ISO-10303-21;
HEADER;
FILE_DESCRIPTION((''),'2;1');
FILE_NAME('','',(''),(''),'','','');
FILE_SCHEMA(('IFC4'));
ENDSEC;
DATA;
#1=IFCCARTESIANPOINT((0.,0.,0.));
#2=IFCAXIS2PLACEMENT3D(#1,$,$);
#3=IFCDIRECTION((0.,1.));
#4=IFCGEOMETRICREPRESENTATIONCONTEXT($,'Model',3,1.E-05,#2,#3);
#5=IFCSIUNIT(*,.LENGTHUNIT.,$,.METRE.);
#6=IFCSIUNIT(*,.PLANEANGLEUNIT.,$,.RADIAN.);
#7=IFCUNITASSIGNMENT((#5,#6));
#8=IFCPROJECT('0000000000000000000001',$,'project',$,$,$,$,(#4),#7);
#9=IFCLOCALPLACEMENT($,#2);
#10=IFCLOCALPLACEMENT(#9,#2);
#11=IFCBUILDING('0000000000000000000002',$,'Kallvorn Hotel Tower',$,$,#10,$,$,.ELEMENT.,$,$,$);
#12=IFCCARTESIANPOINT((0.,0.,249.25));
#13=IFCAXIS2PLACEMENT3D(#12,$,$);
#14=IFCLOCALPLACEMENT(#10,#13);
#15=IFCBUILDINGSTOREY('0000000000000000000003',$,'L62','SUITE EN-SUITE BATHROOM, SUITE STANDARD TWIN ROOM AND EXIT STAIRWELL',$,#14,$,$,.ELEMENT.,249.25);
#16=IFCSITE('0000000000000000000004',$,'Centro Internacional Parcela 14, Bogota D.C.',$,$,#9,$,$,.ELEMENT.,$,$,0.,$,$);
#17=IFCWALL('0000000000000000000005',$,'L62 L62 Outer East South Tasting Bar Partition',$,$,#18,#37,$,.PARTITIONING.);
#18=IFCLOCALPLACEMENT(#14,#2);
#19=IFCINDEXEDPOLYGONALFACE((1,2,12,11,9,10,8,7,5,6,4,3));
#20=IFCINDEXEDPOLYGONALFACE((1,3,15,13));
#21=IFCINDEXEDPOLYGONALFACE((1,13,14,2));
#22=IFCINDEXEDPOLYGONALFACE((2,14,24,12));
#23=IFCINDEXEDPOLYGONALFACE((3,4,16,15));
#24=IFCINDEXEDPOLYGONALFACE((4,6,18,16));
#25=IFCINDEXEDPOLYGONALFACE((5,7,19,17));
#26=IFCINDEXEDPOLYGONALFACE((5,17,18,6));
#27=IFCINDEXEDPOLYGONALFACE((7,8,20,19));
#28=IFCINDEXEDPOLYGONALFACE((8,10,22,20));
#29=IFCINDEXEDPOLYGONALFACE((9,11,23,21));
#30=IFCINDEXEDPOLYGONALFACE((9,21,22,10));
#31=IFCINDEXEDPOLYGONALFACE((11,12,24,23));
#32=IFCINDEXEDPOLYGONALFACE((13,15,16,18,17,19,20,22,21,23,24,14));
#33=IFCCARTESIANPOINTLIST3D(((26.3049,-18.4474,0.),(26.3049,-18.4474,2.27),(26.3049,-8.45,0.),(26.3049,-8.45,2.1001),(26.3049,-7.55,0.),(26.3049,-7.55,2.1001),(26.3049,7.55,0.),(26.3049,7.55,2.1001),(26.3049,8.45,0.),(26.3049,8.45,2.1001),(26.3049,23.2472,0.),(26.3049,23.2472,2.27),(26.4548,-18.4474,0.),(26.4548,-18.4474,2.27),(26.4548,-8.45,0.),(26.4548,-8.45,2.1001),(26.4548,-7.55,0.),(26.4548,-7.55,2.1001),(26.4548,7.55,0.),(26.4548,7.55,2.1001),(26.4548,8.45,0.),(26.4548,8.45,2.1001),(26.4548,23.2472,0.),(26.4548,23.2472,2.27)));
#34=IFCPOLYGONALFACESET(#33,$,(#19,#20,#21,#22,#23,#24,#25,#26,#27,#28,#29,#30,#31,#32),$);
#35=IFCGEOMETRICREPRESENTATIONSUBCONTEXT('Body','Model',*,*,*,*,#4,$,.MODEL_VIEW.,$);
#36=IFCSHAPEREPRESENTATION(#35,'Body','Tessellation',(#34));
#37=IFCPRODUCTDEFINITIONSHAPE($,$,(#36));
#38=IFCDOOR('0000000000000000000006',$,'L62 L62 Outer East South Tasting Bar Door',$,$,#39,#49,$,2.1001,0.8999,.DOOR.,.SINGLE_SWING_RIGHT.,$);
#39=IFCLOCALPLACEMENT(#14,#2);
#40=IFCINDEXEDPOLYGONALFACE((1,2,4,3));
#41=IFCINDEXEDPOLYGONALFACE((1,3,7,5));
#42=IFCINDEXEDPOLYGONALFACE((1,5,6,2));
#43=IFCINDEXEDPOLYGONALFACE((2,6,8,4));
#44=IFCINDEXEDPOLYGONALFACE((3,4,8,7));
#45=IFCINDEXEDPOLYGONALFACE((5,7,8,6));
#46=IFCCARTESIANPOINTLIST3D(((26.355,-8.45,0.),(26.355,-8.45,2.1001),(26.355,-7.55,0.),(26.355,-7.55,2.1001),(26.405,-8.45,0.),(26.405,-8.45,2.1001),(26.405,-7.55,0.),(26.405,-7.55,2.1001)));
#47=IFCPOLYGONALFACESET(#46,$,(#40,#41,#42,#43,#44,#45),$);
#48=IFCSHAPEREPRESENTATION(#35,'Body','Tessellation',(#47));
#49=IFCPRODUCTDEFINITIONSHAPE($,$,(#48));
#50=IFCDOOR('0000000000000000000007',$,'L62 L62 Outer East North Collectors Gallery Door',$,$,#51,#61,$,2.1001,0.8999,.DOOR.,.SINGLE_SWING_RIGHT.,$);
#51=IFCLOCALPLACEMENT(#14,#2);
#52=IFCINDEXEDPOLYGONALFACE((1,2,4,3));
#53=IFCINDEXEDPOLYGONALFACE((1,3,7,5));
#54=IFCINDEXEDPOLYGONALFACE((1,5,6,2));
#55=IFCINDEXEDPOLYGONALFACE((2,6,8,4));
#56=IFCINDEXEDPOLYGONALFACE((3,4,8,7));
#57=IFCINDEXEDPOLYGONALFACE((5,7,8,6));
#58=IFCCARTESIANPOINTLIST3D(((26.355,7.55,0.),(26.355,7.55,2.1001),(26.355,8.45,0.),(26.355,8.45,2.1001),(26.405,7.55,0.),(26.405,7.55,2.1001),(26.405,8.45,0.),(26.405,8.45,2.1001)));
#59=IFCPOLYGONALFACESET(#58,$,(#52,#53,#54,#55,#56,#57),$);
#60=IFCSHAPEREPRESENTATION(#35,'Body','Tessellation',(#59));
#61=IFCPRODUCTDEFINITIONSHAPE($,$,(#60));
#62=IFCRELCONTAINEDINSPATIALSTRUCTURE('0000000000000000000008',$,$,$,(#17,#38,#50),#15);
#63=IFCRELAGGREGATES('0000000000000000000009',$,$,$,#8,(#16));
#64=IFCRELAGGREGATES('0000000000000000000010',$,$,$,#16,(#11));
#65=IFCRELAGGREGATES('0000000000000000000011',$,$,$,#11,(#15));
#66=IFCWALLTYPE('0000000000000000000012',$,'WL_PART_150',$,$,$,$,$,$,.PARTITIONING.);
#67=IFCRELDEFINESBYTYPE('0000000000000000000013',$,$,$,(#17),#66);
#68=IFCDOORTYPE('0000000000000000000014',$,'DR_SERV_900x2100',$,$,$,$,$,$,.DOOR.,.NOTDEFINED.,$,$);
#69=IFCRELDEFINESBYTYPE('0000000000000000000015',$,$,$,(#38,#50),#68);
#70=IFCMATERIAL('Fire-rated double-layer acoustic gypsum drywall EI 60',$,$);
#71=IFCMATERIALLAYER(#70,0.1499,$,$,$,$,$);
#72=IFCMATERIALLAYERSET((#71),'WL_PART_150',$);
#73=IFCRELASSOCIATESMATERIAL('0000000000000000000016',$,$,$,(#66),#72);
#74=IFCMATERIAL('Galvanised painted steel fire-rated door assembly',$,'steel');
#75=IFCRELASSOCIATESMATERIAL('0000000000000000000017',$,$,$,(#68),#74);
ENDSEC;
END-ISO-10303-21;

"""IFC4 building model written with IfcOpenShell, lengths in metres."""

from ifc_helpers import new_model, si_unit, direction, frame, frame_2d, origin, place, context, subcontext, project, spatial, rectangle, extrude, material, layer, layer_set, type_object, element, fill, save


model = new_model("IFC4")

# Units and contexts
model_context = context("Model", 3, precision=1e-05, world=origin(), true_north=direction((0.0, 1.0)))
body_context = subcontext(model_context, "Body", "Model", "MODEL_VIEW")
ifc_project = project(units=[si_unit("LENGTHUNIT", "METRE"), si_unit("PLANEANGLEUNIT", "RADIAN")], contexts=[model_context])

# Site, building, storey
site_placement = place(None, origin())
site = spatial("IfcSite", under=ifc_project, at=site_placement, Name="Centro Internacional Parcela 14, Bogota D.C.", CompositionType="ELEMENT", RefElevation=0.0)
building_placement = place(site_placement, origin())
building = spatial("IfcBuilding", under=site, at=building_placement, Name="Kallvorn Hotel Tower", CompositionType="ELEMENT")
storey_placement = place(building_placement, frame((0.0, 0.0, 249.25)))
storey = spatial("IfcBuildingStorey", under=building, at=storey_placement, Name="L62", Description="SUITE EN-SUITE BATHROOM, SUITE STANDARD TWIN ROOM AND EXIT STAIRWELL", CompositionType="ELEMENT", Elevation=249.25)

# Shared definitions
ifc_material_1 = material(Name="Fire-rated double-layer acoustic gypsum drywall EI 60")
ifc_layer_1 = layer(ifc_material_1, 0.1499)
ifc_layer_set_1 = layer_set([ifc_layer_1], Name="WL_PART_150")
wall_type_1 = type_object("IfcWallType", Name="WL_PART_150", PredefinedType="PARTITIONING", material=ifc_layer_set_1)

# Wall, openings, doors
wall_1_placement = place(storey_placement, frame((26.3799, -18.4473, 0.0), z_axis=(0.0, 0.0, 1.0), x_axis=(0.0, 1.0, 0.0)))
wall_1 = element("IfcWall", 1, at=wall_1_placement, inside=storey, type_object=wall_type_1, Name="L62 L62 Outer East South Tasting Bar Partition", PredefinedType="PARTITIONING", context=body_context, shape_type="SweptSolid", body=[
    extrude(rectangle(XDim=41.6946, YDim=0.1499, at=frame_2d((20.8472, 0.0))), origin(), (0.0, 0.0, 1.0), 2.27),
])
opening_1_placement = place(wall_1_placement, frame((9.9973, 0.0, 0.0)))
opening_1 = element("IfcOpeningElement", 2, at=opening_1_placement, cuts=wall_1, PredefinedType="OPENING", context=body_context, shape_type="SweptSolid", body=[
    extrude(rectangle(XDim=0.8999, YDim=2.1001, at=frame_2d((0.45, 1.05))), frame((0.0, 0.0898, 0.0), z_axis=(0.0, -1.0, 0.0), x_axis=(1.0, 0.0, 0.0)), (0.0, 0.0, 1.0), 0.1799),
])
opening_2_placement = place(wall_1_placement, frame((25.9973, 0.0, 0.0)))
opening_2 = element("IfcOpeningElement", 3, at=opening_2_placement, cuts=wall_1, PredefinedType="OPENING", context=body_context, shape_type="SweptSolid", body=[
    extrude(rectangle(XDim=0.8999, YDim=2.1001, at=frame_2d((0.45, 1.05))), frame((0.0, 0.0898, 0.0), z_axis=(0.0, -1.0, 0.0), x_axis=(1.0, 0.0, 0.0)), (0.0, 0.0, 1.0), 0.1799),
])
ifc_material_2 = material(Name="Galvanised painted steel fire-rated door assembly", Category="steel")
door_type_1 = type_object("IfcDoorType", Name="DR_SERV_900x2100", OperationType="NOTDEFINED", PredefinedType="DOOR", material=ifc_material_2)
door_1_placement = place(opening_1_placement, origin())
door_1 = element("IfcDoor", 4, at=door_1_placement, inside=storey, type_object=door_type_1, Name="L62 L62 Outer East South Tasting Bar Door", OperationType="SINGLE_SWING_RIGHT", OverallHeight=2.1001, OverallWidth=0.8999, PredefinedType="DOOR", context=body_context, shape_type="SweptSolid", body=[
    extrude(rectangle(XDim=0.8999, YDim=2.1001, at=frame_2d((0.45, 1.05))), frame((0.0, 0.0249, 0.0), z_axis=(0.0, -1.0, 0.0), x_axis=(1.0, 0.0, 0.0)), (0.0, 0.0, 1.0), 0.05),
])
fill(opening_1, door_1)
door_2_placement = place(opening_2_placement, origin())
door_2 = element("IfcDoor", 5, at=door_2_placement, inside=storey, type_object=door_type_1, Name="L62 L62 Outer East North Collectors Gallery Door", OperationType="SINGLE_SWING_RIGHT", OverallHeight=2.1001, OverallWidth=0.8999, PredefinedType="DOOR", context=body_context, shape_type="SweptSolid", body=[
    extrude(rectangle(XDim=0.8999, YDim=2.1001, at=frame_2d((0.45, 1.05))), frame((0.0, 0.0249, 0.0), z_axis=(0.0, -1.0, 0.0), x_axis=(1.0, 0.0, 0.0)), (0.0, 0.0, 1.0), 0.05),
])
fill(opening_2, door_2)

save(model, "model.ifc")
